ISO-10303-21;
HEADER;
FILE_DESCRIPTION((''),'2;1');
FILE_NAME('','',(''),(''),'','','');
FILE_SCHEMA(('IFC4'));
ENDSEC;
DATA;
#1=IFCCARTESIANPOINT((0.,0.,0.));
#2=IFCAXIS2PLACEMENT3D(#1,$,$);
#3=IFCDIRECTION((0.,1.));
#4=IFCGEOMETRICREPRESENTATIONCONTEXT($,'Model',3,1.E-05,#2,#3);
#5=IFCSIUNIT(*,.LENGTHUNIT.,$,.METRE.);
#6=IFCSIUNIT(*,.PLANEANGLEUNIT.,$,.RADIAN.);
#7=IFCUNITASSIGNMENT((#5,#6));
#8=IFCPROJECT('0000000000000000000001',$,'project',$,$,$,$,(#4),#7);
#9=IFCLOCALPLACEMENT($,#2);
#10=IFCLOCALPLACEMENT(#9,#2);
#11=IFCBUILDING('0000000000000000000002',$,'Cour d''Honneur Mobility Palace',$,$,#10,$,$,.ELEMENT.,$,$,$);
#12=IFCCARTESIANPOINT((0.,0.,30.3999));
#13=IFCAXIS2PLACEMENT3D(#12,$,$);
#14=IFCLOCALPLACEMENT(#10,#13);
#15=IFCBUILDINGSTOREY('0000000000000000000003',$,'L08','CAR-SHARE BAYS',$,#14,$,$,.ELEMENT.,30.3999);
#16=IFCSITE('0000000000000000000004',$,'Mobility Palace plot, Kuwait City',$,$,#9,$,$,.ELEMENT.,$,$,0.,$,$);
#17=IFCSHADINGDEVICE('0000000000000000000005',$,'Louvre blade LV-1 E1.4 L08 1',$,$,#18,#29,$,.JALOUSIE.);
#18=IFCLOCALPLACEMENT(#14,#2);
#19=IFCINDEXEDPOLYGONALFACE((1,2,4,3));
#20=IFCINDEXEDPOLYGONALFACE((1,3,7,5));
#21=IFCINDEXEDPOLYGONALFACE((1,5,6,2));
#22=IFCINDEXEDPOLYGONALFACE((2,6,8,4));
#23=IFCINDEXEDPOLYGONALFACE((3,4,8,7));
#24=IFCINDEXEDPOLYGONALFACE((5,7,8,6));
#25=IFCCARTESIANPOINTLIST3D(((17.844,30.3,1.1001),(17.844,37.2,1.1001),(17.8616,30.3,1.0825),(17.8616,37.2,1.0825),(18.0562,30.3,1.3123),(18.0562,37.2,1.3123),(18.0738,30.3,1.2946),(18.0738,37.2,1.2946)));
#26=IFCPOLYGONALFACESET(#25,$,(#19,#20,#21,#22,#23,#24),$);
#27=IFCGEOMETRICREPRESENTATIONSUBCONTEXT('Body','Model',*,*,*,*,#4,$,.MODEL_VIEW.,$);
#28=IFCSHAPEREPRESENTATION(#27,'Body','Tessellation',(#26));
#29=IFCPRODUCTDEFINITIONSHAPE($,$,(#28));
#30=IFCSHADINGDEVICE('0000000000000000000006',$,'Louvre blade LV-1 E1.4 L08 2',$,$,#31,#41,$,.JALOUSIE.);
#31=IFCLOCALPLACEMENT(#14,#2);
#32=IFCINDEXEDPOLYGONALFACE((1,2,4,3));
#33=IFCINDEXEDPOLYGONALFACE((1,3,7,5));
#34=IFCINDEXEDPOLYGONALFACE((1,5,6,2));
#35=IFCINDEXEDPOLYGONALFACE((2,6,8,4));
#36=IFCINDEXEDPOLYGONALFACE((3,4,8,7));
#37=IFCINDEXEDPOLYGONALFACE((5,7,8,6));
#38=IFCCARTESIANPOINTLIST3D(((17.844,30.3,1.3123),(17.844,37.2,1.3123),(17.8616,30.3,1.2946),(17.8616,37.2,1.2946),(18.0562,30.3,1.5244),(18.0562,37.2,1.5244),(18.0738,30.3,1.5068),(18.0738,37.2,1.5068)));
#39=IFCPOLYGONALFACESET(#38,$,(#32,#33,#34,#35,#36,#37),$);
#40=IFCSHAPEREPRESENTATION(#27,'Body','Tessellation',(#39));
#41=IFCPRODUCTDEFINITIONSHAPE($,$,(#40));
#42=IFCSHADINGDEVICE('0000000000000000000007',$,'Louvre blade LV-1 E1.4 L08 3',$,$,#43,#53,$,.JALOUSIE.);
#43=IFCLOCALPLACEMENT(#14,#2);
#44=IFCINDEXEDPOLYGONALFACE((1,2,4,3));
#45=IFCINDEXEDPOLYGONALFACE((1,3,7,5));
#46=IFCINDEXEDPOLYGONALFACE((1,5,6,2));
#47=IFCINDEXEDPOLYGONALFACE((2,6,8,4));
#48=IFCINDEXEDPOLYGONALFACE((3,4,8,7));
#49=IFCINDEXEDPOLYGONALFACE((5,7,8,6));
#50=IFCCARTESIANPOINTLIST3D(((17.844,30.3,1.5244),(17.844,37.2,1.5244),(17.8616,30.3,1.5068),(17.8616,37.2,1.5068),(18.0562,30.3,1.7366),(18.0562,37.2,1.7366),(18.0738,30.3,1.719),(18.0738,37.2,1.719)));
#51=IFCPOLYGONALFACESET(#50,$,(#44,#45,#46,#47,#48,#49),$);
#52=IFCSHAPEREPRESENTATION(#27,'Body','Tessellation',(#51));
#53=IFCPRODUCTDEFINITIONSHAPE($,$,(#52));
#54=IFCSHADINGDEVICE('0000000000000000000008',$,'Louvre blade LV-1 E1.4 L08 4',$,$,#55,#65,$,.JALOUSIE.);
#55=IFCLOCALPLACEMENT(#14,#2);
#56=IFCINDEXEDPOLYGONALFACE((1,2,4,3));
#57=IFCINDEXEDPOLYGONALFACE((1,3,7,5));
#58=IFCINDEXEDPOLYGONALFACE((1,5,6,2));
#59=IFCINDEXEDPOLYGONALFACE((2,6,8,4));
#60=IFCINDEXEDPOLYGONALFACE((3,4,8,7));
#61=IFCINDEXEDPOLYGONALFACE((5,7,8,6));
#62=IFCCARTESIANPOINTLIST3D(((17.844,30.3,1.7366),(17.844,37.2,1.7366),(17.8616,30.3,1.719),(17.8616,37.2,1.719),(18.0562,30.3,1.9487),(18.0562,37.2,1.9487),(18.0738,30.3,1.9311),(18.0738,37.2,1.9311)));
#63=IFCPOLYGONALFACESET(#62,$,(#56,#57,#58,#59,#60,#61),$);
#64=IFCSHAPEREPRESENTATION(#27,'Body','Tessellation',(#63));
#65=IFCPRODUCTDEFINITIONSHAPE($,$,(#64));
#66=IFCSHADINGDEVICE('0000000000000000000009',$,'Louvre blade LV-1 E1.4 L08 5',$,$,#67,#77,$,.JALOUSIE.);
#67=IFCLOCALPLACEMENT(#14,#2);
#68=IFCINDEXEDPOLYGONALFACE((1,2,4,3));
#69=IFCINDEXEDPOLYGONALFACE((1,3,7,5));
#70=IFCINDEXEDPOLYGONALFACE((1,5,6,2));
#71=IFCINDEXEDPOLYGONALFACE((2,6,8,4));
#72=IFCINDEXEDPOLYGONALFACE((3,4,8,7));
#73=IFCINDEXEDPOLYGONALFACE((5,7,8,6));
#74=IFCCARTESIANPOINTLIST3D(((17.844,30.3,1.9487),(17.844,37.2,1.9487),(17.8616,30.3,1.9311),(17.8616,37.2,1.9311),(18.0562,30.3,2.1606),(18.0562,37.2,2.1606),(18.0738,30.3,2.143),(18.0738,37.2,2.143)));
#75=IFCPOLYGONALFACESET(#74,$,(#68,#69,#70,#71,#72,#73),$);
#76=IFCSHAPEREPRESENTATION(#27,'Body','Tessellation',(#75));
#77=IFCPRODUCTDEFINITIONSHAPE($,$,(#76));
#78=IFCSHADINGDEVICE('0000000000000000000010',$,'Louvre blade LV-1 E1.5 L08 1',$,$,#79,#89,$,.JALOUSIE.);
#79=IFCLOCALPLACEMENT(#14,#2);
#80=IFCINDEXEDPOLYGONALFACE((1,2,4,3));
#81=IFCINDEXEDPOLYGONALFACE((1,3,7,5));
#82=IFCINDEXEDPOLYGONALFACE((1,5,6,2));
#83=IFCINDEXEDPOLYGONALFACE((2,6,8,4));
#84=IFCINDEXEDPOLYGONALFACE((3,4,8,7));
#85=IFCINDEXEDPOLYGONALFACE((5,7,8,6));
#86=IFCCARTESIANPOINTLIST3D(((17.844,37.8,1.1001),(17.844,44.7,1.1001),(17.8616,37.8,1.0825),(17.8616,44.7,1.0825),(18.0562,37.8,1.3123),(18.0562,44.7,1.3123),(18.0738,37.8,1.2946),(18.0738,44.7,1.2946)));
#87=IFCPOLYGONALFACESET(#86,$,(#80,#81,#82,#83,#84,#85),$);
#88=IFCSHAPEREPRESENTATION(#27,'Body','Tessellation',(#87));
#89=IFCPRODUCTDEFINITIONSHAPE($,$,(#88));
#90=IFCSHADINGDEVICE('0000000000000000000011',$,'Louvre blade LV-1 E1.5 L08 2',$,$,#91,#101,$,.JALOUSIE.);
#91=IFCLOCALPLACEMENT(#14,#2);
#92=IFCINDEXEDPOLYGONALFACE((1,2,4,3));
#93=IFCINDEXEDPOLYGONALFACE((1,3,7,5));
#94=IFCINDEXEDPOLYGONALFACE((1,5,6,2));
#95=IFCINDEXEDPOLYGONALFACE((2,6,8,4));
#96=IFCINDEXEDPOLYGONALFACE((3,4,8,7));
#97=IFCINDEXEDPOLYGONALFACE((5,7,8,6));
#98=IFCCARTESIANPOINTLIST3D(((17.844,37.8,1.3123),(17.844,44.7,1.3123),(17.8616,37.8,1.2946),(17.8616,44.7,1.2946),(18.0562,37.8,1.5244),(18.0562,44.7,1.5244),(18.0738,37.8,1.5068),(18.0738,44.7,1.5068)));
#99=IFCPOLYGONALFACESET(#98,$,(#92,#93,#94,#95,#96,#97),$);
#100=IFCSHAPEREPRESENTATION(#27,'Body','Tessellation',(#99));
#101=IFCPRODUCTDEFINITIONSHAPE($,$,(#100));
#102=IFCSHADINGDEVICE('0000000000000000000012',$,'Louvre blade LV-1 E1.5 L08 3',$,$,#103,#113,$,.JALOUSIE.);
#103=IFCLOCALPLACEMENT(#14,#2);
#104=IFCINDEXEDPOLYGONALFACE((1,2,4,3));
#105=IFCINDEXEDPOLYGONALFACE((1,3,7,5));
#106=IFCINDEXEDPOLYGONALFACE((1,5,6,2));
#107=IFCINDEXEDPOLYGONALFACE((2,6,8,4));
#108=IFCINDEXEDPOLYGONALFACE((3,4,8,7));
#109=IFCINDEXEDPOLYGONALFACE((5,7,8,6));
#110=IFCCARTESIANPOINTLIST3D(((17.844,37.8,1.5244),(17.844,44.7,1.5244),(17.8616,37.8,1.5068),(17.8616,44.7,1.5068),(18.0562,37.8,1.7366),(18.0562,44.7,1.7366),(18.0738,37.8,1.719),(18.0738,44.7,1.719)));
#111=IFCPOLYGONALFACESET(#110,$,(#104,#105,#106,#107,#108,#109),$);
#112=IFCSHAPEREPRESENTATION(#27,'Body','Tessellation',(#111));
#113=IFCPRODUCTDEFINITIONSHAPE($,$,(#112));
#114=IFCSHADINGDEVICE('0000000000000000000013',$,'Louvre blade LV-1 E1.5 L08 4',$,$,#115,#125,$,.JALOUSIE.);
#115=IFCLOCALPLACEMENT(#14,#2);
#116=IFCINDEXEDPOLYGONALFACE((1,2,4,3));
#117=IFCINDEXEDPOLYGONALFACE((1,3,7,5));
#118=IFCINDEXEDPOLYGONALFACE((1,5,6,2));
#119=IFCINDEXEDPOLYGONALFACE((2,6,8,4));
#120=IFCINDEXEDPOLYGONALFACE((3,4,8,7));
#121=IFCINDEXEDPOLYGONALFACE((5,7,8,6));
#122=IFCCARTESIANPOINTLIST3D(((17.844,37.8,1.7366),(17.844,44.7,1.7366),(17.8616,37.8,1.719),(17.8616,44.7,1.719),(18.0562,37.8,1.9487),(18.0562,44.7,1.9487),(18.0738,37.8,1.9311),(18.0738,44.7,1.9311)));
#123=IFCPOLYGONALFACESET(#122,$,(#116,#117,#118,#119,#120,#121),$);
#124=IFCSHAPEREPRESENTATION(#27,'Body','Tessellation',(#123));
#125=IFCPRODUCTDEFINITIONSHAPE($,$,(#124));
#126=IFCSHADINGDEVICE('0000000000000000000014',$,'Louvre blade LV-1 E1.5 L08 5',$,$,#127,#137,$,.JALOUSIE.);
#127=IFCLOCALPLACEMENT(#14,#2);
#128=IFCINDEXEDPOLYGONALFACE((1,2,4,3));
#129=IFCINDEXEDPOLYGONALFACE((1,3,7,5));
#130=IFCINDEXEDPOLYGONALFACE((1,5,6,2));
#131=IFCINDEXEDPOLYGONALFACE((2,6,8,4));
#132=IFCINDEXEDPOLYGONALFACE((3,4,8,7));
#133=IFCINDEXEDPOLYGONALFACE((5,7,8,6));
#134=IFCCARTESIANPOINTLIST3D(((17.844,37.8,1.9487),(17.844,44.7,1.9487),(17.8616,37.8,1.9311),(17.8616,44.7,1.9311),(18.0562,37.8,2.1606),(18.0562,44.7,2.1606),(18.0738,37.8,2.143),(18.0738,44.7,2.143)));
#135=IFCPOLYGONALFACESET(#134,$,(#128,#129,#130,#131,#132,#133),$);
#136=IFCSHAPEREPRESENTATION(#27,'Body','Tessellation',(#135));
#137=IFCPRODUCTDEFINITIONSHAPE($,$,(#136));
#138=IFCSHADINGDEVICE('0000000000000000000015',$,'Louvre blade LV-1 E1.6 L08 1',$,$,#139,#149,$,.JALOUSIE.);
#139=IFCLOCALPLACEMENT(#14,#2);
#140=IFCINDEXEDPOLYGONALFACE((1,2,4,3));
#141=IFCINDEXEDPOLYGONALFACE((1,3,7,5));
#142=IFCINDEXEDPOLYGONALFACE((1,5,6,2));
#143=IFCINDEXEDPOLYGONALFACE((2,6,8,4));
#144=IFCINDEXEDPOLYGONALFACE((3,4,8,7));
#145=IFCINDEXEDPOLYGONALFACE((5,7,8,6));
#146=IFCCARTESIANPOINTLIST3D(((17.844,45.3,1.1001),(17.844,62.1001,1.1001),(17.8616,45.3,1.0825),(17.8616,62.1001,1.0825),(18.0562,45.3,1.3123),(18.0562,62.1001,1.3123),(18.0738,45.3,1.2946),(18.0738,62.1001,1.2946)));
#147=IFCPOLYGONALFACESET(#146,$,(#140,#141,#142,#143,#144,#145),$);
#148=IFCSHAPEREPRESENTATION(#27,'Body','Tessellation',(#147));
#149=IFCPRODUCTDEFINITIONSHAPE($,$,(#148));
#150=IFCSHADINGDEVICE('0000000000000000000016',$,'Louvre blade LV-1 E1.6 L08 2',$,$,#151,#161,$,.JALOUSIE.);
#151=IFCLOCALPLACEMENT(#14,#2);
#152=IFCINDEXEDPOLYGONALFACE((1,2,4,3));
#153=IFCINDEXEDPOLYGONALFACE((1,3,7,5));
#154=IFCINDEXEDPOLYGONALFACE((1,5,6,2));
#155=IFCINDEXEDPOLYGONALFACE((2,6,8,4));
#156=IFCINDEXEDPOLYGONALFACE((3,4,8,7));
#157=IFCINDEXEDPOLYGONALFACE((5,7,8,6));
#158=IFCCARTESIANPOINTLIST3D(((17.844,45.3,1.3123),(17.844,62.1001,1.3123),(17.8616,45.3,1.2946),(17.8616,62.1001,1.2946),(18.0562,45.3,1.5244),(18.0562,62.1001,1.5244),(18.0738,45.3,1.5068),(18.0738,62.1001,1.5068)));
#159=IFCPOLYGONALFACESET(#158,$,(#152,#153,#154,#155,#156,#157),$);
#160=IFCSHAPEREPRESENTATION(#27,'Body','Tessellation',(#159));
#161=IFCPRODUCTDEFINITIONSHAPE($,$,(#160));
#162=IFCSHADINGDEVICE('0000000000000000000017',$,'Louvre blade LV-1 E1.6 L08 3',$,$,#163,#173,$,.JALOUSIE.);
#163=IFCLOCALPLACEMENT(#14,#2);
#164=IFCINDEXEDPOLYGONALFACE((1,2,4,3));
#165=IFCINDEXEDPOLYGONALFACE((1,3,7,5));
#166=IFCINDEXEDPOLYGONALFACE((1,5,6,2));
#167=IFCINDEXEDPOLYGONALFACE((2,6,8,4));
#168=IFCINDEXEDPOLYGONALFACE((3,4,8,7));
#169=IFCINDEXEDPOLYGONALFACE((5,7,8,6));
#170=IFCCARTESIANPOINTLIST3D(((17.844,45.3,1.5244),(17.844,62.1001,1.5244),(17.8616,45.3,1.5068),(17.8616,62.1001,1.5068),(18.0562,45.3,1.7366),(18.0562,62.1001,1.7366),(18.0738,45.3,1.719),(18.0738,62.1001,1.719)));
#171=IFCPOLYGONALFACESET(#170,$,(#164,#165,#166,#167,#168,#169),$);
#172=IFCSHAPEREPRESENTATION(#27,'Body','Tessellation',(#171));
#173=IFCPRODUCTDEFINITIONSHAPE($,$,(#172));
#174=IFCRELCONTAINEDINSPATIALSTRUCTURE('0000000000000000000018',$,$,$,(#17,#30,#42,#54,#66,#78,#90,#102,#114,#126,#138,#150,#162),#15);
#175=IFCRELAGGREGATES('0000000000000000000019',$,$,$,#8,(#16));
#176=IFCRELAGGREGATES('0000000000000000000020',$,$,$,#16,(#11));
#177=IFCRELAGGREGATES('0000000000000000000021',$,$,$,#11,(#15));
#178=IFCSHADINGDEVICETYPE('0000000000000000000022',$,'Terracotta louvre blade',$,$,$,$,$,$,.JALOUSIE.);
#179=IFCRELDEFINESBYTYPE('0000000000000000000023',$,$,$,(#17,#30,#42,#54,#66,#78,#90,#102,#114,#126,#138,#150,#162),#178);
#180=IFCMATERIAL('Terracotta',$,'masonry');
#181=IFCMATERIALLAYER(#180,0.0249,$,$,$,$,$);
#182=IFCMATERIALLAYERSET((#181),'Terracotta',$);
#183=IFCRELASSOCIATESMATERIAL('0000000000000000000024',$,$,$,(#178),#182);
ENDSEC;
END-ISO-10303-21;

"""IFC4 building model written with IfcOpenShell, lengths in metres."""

from ifc_helpers import new_model, si_unit, direction, frame, origin, place, context, subcontext, project, spatial, polyline, outline, extrude, material, layer, layer_set, type_object, element, save


model = new_model("IFC4")

# Units and contexts
model_context = context("Model", 3, precision=1e-05, world=origin(), true_north=direction((0.0, 1.0)))
body_context = subcontext(model_context, "Body", "Model", "MODEL_VIEW")
ifc_project = project(units=[si_unit("LENGTHUNIT", "METRE"), si_unit("PLANEANGLEUNIT", "RADIAN")], contexts=[model_context])

# Site, building, storey
site_placement = place(None, origin())
site = spatial("IfcSite", under=ifc_project, at=site_placement, Name="Mobility Palace plot, Kuwait City", CompositionType="ELEMENT", RefElevation=0.0)
building_placement = place(site_placement, origin())
building = spatial("IfcBuilding", under=site, at=building_placement, Name="Cour d'Honneur Mobility Palace", CompositionType="ELEMENT")
storey_placement = place(building_placement, frame((0.0, 0.0, 30.3999)))
storey = spatial("IfcBuildingStorey", under=building, at=storey_placement, Name="L08", Description="CAR-SHARE BAYS", CompositionType="ELEMENT", Elevation=30.3999)

# Shading devices
ifc_material_1 = material(Name="Terracotta", Category="masonry")
ifc_layer_1 = layer(ifc_material_1, 0.0249)
ifc_layer_set_1 = layer_set([ifc_layer_1], Name="Terracotta")
shading_device_type = type_object("IfcShadingDeviceType", Name="Terracotta louvre blade", PredefinedType="JALOUSIE", material=ifc_layer_set_1)
for number, where, z_axis, x_axis, name in (
    (1, (17.844, 30.3, 1.1001), (-0.707107, 0.0, 0.707107), (0.0, 1.0, 0.0), "Louvre blade LV-1 E1.4 L08 1"),
    (2, (17.844, 30.3, 1.3123), (-0.707107, 0.0, 0.707107), (0.0, 1.0, 0.0), "Louvre blade LV-1 E1.4 L08 2"),
    (3, (17.844, 30.3, 1.5244), (-0.707107, 0.0, 0.707107), (0.0, 1.0, 0.0), "Louvre blade LV-1 E1.4 L08 3"),
    (4, (17.844, 30.3, 1.7366), (-0.707107, 0.0, 0.707107), (0.0, 1.0, 0.0), "Louvre blade LV-1 E1.4 L08 4"),
):
    element("IfcShadingDevice", number, at=place(storey_placement, frame(where, z_axis=z_axis, x_axis=x_axis)), inside=storey, type_object=shading_device_type, Name=name, PredefinedType="JALOUSIE", context=body_context, shape_type="SweptSolid", body=[
        extrude(outline(polyline([(0.0, 0.0), (6.8999, 0.0), (6.8999, -0.3), (0.0, -0.3), (0.0, 0.0)])), origin(), (0.0, 0.0, -1.0), 0.0249),
    ])
shading_device_1_placement = place(storey_placement, frame((17.844, 30.3, 1.9487), z_axis=(-0.7067, 0.0, 0.707514), x_axis=(0.0, 1.0, 0.0)))
element("IfcShadingDevice", 5, at=shading_device_1_placement, inside=storey, type_object=shading_device_type, Name="Louvre blade LV-1 E1.4 L08 5", PredefinedType="JALOUSIE", context=body_context, shape_type="SweptSolid", body=[
    extrude(outline(polyline([(0.0, 0.0), (6.8999, 0.0), (6.8999, -0.2999), (0.0, -0.2999), (0.0, 0.0)])), origin(), (0.0, 0.0, -1.0), 0.0249),
])
for number, where, z_axis, x_axis, name in (
    (6, (17.844, 37.8, 1.1001), (-0.707107, 0.0, 0.707107), (0.0, 1.0, 0.0), "Louvre blade LV-1 E1.5 L08 1"),
    (7, (17.844, 37.8, 1.3123), (-0.707107, 0.0, 0.707107), (0.0, 1.0, 0.0), "Louvre blade LV-1 E1.5 L08 2"),
    (8, (17.844, 37.8, 1.5244), (-0.707107, 0.0, 0.707107), (0.0, 1.0, 0.0), "Louvre blade LV-1 E1.5 L08 3"),
    (9, (17.844, 37.8, 1.7366), (-0.707107, 0.0, 0.707107), (0.0, 1.0, 0.0), "Louvre blade LV-1 E1.5 L08 4"),
):
    element("IfcShadingDevice", number, at=place(storey_placement, frame(where, z_axis=z_axis, x_axis=x_axis)), inside=storey, type_object=shading_device_type, Name=name, PredefinedType="JALOUSIE", context=body_context, shape_type="SweptSolid", body=[
        extrude(outline(polyline([(0.0, 0.0), (6.8999, 0.0), (6.8999, -0.3), (0.0, -0.3), (0.0, 0.0)])), origin(), (0.0, 0.0, -1.0), 0.0249),
    ])
shading_device_2_placement = place(storey_placement, frame((17.844, 37.8, 1.9487), z_axis=(-0.7067, 0.0, 0.707514), x_axis=(0.0, 1.0, 0.0)))
element("IfcShadingDevice", 10, at=shading_device_2_placement, inside=storey, type_object=shading_device_type, Name="Louvre blade LV-1 E1.5 L08 5", PredefinedType="JALOUSIE", context=body_context, shape_type="SweptSolid", body=[
    extrude(outline(polyline([(0.0, 0.0), (6.8999, 0.0), (6.8999, -0.2999), (0.0, -0.2999), (0.0, 0.0)])), origin(), (0.0, 0.0, -1.0), 0.0249),
])
for number, where, z_axis, x_axis, name in (
    (11, (17.844, 45.3, 1.1001), (-0.707107, 0.0, 0.707107), (0.0, 1.0, 0.0), "Louvre blade LV-1 E1.6 L08 1"),
    (12, (17.844, 45.3, 1.3123), (-0.707107, 0.0, 0.707107), (0.0, 1.0, 0.0), "Louvre blade LV-1 E1.6 L08 2"),
    (13, (17.844, 45.3, 1.5244), (-0.707107, 0.0, 0.707107), (0.0, 1.0, 0.0), "Louvre blade LV-1 E1.6 L08 3"),
):
    element("IfcShadingDevice", number, at=place(storey_placement, frame(where, z_axis=z_axis, x_axis=x_axis)), inside=storey, type_object=shading_device_type, Name=name, PredefinedType="JALOUSIE", context=body_context, shape_type="SweptSolid", body=[
        extrude(outline(polyline([(0.0, 0.0), (16.8, 0.0), (16.8, -0.3), (0.0, -0.3), (0.0, 0.0)])), origin(), (0.0, 0.0, -1.0), 0.0249),
    ])

save(model, "model.ifc")
